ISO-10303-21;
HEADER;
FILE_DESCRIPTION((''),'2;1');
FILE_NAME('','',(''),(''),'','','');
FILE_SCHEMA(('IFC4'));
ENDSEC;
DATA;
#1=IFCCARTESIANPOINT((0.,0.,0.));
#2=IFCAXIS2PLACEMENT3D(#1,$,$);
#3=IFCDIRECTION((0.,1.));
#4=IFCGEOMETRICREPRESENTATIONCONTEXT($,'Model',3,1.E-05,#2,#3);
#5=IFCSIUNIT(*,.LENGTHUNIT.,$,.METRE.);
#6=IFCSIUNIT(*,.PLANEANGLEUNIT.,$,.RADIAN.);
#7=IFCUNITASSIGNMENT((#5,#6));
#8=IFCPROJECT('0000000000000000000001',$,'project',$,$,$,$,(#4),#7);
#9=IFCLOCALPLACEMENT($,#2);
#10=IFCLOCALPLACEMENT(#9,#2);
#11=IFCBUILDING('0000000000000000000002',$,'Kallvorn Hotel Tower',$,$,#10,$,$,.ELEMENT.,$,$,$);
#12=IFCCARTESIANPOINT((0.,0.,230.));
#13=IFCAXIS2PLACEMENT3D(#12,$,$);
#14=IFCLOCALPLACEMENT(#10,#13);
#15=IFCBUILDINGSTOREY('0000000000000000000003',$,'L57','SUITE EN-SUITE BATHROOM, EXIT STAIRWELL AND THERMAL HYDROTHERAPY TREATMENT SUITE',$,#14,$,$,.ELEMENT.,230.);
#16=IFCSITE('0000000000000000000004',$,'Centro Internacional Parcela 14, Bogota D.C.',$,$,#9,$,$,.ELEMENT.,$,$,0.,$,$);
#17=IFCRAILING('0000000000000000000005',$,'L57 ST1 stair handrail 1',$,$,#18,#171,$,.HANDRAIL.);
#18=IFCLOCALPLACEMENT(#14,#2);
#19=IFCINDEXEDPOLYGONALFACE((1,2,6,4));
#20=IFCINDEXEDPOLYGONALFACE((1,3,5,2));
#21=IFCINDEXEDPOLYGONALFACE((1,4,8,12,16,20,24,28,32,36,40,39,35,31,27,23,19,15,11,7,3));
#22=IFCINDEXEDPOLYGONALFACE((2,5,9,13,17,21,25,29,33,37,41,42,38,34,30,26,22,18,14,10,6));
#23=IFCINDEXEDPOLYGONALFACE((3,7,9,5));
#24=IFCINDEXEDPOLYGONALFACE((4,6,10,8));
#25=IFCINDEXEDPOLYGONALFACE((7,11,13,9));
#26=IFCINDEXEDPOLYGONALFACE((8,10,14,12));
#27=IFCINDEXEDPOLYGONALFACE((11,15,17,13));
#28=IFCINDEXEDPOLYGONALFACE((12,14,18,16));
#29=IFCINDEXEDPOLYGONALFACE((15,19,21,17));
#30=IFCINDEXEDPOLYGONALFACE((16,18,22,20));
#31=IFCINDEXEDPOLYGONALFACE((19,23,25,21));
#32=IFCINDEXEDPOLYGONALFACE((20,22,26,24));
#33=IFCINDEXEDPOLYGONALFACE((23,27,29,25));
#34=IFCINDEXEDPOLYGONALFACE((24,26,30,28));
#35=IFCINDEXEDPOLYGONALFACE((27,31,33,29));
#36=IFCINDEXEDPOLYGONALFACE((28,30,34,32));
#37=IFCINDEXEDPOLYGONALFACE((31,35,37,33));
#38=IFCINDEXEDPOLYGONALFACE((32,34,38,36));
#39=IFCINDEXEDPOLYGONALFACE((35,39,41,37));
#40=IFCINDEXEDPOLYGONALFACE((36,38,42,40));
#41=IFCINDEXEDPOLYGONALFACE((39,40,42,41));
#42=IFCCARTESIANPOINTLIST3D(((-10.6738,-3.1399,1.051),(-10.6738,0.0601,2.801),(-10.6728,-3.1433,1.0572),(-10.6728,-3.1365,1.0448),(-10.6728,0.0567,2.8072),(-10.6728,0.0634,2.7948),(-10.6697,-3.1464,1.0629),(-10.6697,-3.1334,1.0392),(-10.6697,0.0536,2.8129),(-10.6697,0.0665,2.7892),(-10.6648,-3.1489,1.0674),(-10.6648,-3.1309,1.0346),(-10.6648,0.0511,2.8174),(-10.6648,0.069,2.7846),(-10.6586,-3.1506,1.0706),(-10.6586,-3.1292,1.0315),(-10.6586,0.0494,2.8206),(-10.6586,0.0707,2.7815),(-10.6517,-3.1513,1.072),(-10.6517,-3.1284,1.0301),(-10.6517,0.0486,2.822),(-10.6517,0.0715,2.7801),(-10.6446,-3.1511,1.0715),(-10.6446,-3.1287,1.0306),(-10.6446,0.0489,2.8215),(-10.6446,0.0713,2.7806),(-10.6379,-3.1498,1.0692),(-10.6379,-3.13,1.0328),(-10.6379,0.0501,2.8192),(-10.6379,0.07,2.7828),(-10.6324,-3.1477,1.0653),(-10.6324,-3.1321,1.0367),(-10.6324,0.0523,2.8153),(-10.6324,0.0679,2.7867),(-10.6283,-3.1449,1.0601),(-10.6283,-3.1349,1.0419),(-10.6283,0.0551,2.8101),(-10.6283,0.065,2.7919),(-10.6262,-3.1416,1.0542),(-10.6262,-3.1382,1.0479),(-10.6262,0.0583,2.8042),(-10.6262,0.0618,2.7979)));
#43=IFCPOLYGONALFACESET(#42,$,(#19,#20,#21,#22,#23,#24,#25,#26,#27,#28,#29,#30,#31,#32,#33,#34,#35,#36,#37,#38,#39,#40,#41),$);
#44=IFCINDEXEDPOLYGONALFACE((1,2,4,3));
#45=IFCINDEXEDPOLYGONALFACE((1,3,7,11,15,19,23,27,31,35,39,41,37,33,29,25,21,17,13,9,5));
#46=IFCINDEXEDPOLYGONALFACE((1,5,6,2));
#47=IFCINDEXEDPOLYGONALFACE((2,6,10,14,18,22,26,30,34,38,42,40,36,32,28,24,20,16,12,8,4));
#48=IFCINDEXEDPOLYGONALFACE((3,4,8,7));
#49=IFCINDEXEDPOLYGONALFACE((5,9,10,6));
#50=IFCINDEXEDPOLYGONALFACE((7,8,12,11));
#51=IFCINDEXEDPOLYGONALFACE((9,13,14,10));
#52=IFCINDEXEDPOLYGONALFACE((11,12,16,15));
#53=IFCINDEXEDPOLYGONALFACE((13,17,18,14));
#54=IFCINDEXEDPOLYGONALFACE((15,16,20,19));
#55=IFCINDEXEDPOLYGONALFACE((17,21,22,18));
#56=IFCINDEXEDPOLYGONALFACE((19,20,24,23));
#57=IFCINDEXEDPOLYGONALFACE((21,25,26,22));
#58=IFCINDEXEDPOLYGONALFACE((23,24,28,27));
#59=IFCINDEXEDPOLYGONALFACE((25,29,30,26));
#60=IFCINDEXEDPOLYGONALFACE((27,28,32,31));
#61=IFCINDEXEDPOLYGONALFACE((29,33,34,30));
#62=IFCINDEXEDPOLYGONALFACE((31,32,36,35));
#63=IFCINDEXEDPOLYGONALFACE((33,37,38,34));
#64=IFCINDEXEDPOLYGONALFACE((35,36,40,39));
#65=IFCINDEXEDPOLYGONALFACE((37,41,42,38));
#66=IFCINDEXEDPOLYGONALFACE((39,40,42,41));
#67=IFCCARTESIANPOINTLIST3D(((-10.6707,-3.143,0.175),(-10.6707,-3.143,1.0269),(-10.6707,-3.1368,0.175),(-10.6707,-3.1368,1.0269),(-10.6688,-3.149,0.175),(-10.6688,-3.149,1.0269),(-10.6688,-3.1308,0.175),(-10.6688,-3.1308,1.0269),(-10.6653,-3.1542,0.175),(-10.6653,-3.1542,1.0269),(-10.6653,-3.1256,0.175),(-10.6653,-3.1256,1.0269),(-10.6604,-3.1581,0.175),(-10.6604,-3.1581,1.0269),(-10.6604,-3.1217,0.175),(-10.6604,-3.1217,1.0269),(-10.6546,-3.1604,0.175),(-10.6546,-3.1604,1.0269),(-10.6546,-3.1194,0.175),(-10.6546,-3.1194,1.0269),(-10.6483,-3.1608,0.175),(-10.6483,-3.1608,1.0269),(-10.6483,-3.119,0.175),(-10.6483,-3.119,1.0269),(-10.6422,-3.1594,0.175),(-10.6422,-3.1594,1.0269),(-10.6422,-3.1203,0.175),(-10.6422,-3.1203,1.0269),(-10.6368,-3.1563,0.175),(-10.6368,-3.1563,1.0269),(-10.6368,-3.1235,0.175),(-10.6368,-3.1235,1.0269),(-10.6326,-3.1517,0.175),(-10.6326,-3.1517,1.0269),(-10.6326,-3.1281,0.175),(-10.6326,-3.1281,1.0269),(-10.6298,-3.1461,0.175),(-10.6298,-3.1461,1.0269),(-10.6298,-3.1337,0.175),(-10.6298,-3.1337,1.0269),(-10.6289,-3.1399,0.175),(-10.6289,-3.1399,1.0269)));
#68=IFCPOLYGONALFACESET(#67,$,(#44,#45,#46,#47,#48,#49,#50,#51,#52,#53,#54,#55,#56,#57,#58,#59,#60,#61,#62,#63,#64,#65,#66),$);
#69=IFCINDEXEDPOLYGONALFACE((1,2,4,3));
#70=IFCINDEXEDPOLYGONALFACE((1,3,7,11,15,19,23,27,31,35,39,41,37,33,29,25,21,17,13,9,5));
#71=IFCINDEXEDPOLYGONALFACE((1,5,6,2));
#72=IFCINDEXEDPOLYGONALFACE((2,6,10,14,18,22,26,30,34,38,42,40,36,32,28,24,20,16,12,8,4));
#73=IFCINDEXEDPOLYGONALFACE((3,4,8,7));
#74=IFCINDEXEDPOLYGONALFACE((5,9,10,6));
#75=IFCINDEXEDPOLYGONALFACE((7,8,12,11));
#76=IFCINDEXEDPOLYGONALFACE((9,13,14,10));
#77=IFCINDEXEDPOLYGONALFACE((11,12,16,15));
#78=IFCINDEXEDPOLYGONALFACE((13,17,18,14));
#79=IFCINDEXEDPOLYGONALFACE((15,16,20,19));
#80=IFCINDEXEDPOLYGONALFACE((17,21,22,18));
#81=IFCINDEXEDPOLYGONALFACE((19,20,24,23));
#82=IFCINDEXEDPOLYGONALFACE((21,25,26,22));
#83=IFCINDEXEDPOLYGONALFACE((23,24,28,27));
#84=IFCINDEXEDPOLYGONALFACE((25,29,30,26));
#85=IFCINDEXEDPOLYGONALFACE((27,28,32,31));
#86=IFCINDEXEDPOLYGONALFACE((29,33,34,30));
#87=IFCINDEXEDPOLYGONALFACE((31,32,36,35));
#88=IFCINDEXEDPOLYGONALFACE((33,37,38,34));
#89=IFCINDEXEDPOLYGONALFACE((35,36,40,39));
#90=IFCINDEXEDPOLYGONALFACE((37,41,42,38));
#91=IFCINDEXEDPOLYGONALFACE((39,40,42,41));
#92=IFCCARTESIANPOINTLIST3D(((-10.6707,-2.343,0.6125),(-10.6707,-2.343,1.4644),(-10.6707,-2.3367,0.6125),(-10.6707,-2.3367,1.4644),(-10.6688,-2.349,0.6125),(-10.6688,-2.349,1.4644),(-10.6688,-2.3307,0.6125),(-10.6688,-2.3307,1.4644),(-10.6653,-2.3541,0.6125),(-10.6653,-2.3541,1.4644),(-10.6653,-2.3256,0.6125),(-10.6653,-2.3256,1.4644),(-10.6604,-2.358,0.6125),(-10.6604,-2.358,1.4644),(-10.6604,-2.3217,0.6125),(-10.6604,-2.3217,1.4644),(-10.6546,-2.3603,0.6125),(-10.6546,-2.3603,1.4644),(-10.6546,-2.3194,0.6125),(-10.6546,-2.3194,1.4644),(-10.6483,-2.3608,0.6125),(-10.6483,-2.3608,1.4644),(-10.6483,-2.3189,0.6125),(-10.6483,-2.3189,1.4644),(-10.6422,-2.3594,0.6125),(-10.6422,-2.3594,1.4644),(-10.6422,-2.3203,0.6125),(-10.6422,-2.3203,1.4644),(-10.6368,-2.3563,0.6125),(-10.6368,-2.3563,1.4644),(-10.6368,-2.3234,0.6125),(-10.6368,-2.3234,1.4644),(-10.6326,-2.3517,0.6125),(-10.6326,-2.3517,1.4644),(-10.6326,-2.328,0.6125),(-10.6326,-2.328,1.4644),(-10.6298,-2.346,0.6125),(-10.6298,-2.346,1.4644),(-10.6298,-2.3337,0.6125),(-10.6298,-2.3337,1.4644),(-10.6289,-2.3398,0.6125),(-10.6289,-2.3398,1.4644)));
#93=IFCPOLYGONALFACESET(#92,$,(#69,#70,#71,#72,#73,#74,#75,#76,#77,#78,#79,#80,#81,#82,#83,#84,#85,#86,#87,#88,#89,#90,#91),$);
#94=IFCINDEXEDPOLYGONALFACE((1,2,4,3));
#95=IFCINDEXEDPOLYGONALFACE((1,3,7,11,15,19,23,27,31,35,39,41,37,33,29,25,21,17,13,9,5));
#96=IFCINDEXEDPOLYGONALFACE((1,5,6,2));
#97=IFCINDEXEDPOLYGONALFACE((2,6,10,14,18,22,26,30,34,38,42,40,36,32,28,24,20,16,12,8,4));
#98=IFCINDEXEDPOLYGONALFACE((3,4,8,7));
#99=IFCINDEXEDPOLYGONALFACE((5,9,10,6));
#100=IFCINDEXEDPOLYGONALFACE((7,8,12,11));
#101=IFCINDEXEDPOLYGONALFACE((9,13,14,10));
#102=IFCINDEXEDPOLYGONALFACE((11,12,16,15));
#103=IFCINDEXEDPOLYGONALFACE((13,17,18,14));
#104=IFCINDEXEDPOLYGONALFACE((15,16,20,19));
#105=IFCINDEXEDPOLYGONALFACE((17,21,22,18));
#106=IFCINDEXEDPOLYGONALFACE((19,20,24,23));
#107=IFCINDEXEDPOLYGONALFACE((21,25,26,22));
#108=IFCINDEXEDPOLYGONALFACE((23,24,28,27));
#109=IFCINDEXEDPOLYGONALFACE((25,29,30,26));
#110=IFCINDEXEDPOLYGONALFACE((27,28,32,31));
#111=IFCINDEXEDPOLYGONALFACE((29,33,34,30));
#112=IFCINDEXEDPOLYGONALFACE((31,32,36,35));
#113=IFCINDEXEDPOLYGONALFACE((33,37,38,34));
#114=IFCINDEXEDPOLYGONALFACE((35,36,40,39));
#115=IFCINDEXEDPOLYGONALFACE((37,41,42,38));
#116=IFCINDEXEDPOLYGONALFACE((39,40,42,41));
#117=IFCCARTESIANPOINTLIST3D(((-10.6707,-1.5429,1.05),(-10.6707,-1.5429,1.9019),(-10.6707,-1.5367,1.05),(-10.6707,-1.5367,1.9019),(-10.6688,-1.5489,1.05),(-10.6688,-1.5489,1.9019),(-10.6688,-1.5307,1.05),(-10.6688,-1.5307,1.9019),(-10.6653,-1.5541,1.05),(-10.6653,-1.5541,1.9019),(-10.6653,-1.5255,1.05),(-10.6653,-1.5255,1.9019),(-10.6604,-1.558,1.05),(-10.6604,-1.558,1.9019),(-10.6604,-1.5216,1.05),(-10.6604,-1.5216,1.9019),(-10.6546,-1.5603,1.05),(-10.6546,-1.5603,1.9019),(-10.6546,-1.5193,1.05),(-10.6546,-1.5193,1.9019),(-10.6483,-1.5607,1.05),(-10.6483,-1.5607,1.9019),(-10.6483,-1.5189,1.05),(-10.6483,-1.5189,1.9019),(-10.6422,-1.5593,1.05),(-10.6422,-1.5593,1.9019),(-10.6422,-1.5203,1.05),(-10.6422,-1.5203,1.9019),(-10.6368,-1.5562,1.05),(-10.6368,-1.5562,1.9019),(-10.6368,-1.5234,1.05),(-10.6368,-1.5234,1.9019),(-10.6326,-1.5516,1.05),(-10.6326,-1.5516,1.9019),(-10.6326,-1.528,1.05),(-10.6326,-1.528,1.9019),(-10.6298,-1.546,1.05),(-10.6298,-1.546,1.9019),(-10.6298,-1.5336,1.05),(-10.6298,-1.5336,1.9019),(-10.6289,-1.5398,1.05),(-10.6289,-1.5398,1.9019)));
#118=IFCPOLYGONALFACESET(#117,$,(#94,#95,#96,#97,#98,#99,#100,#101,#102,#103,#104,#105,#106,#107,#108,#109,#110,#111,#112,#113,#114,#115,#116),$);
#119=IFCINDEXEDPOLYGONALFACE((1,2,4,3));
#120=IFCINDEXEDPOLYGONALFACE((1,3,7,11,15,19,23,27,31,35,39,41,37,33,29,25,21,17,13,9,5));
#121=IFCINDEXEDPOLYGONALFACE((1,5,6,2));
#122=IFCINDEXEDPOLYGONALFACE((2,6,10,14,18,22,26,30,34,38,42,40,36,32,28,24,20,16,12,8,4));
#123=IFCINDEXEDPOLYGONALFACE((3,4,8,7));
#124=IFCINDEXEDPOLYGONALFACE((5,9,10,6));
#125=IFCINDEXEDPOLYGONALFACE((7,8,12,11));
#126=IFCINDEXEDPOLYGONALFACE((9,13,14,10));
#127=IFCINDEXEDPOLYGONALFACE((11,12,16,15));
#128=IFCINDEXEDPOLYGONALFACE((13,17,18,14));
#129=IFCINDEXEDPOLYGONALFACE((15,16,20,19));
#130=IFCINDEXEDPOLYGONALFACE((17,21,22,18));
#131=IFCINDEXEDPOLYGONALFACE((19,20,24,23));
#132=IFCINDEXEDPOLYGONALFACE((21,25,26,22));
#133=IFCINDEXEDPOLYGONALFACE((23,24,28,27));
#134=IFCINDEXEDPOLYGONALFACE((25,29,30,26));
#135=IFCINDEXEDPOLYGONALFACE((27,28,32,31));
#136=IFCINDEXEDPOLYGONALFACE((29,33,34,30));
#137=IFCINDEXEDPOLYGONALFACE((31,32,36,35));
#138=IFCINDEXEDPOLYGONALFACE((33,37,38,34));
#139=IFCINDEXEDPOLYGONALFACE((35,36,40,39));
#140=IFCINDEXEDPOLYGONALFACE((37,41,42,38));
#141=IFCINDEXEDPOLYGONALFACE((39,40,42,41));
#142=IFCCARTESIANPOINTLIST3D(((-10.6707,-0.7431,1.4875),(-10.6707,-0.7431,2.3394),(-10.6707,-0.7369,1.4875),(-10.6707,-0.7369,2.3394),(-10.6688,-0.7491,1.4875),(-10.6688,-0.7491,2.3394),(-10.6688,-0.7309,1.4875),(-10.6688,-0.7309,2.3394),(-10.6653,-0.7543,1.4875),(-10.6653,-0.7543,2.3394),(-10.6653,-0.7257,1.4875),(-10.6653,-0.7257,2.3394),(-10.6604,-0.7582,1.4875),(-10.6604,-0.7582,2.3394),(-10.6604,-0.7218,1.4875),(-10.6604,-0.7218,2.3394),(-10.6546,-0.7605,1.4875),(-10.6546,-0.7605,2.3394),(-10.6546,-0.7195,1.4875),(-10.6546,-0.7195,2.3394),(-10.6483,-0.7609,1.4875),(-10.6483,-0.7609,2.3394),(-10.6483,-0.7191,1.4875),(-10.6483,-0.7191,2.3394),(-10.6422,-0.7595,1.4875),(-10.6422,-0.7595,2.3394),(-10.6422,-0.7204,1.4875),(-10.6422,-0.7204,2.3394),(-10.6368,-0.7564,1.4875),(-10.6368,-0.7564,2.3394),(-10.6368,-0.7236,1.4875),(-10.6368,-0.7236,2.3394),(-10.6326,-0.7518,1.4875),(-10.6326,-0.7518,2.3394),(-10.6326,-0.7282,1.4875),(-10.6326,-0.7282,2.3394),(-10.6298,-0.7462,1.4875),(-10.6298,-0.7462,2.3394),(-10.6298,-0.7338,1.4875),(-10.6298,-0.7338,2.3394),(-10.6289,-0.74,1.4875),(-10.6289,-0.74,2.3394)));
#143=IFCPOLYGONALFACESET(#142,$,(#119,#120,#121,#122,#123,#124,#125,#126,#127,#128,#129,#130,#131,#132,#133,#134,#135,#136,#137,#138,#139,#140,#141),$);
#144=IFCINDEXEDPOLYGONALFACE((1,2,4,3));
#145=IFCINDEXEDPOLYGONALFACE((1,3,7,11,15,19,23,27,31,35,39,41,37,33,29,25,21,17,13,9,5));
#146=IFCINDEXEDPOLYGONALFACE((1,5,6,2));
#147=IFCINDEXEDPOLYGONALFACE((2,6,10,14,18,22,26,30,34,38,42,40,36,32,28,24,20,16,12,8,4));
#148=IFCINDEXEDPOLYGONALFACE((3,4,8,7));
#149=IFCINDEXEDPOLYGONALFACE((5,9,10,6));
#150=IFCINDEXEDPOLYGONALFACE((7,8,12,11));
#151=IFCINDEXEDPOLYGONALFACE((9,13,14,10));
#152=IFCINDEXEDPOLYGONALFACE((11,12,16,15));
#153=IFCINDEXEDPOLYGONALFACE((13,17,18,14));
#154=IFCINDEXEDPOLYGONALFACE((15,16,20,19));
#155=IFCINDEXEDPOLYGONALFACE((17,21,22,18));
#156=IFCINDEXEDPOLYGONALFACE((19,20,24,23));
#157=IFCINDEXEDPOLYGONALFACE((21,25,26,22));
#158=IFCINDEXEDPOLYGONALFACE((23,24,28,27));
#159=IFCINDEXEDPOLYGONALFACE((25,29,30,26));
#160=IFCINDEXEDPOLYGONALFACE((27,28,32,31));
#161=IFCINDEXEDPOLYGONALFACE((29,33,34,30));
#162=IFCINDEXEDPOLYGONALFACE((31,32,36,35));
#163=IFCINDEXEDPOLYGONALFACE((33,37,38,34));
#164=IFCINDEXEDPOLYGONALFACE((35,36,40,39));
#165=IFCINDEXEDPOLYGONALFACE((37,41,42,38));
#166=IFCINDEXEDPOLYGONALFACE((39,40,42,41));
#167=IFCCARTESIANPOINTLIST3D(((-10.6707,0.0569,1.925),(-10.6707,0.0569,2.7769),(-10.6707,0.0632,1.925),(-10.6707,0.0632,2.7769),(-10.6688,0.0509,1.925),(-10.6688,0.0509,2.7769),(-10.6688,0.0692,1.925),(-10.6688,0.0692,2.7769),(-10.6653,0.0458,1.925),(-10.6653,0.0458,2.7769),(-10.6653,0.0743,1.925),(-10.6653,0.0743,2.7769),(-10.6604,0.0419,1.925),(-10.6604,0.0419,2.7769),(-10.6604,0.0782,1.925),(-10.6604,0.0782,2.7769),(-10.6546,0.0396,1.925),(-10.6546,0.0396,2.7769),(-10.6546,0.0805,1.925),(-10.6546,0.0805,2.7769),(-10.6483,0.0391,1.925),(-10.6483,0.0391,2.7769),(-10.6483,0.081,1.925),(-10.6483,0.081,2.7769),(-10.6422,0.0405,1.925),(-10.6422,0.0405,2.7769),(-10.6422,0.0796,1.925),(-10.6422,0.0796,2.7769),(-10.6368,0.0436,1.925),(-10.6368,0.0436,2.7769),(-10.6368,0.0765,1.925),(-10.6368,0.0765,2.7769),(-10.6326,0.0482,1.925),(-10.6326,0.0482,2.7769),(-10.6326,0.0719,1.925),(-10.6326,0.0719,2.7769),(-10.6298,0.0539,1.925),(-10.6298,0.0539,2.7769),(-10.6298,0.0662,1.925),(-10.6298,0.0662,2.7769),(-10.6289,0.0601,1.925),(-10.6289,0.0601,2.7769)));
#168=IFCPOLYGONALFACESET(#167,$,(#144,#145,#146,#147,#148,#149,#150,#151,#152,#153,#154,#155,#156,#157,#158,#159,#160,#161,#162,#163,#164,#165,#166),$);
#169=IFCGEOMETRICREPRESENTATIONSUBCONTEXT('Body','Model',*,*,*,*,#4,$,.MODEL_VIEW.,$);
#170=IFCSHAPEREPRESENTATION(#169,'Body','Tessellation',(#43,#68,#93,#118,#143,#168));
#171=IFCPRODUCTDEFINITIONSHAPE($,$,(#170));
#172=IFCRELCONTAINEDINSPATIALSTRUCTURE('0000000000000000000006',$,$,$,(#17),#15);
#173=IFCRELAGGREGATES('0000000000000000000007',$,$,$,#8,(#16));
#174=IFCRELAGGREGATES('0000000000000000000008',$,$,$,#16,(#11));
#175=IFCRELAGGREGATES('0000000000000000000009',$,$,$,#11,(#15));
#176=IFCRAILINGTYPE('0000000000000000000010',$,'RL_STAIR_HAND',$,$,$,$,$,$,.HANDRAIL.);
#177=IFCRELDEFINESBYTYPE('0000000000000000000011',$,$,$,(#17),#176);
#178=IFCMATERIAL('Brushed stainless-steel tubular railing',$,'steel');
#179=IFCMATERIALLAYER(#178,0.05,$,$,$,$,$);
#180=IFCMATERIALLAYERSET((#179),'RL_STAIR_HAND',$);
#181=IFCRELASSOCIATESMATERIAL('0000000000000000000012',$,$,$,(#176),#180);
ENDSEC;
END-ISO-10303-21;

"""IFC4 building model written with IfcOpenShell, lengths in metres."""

from ifc_helpers import new_model, si_unit, direction, frame, origin, origin_2d, place, context, subcontext, project, spatial, circle, extrude, material, layer, layer_set, type_object, element, save


model = new_model("IFC4")

# Units and contexts
model_context = context("Model", 3, precision=1e-05, world=origin(), true_north=direction((0.0, 1.0)))
body_context = subcontext(model_context, "Body", "Model", "MODEL_VIEW")
ifc_project = project(units=[si_unit("LENGTHUNIT", "METRE"), si_unit("PLANEANGLEUNIT", "RADIAN")], contexts=[model_context])

# Site, building, storey
site_placement = place(None, origin())
site = spatial("IfcSite", under=ifc_project, at=site_placement, Name="Centro Internacional Parcela 14, Bogota D.C.", CompositionType="ELEMENT", RefElevation=0.0)
building_placement = place(site_placement, origin())
building = spatial("IfcBuilding", under=site, at=building_placement, Name="Kallvorn Hotel Tower", CompositionType="ELEMENT")
storey_placement = place(building_placement, frame((0.0, 0.0, 230.0)))
storey = spatial("IfcBuildingStorey", under=building, at=storey_placement, Name="L57", Description="SUITE EN-SUITE BATHROOM, EXIT STAIRWELL AND THERMAL HYDROTHERAPY TREATMENT SUITE", CompositionType="ELEMENT", Elevation=230.0)

# Railing
ifc_material_1 = material(Name="Brushed stainless-steel tubular railing", Category="steel")
ifc_layer_1 = layer(ifc_material_1, 0.05)
ifc_layer_set_1 = layer_set([ifc_layer_1], Name="RL_STAIR_HAND")
railing_type_1 = type_object("IfcRailingType", Name="RL_STAIR_HAND", PredefinedType="HANDRAIL", material=ifc_layer_set_1)
railing_1_placement = place(storey_placement, frame((-10.6499, -3.1399, 0.175)))
element("IfcRailing", 1, at=railing_1_placement, inside=storey, type_object=railing_type_1, Name="L57 ST1 stair handrail 1", PredefinedType="HANDRAIL", context=body_context, shape_type="SweptSolid", body=[
    extrude(circle(Radius=0.0239, at=origin_2d()), frame((0.0, 0.0, 0.876), z_axis=(0.0, 0.877368, 0.479818), x_axis=(-1.0, 0.0, 0.0)), (0.0, 0.0, 1.0), 3.6472),
    extrude(circle(Radius=0.021, at=origin_2d()), origin(), (0.0, 0.0, 1.0), 0.8518),
    extrude(circle(Radius=0.021, at=origin_2d()), frame((0.0, 0.8, 0.4375)), (0.0, 0.0, 1.0), 0.8518),
    extrude(circle(Radius=0.021, at=origin_2d()), frame((0.0, 1.6001, 0.875)), (0.0, 0.0, 1.0), 0.8518),
    extrude(circle(Radius=0.021, at=origin_2d()), frame((0.0, 2.3999, 1.3125)), (0.0, 0.0, 1.0), 0.8518),
    extrude(circle(Radius=0.021, at=origin_2d()), frame((0.0, 3.2, 1.75)), (0.0, 0.0, 1.0), 0.8518),
])

save(model, "model.ifc")
